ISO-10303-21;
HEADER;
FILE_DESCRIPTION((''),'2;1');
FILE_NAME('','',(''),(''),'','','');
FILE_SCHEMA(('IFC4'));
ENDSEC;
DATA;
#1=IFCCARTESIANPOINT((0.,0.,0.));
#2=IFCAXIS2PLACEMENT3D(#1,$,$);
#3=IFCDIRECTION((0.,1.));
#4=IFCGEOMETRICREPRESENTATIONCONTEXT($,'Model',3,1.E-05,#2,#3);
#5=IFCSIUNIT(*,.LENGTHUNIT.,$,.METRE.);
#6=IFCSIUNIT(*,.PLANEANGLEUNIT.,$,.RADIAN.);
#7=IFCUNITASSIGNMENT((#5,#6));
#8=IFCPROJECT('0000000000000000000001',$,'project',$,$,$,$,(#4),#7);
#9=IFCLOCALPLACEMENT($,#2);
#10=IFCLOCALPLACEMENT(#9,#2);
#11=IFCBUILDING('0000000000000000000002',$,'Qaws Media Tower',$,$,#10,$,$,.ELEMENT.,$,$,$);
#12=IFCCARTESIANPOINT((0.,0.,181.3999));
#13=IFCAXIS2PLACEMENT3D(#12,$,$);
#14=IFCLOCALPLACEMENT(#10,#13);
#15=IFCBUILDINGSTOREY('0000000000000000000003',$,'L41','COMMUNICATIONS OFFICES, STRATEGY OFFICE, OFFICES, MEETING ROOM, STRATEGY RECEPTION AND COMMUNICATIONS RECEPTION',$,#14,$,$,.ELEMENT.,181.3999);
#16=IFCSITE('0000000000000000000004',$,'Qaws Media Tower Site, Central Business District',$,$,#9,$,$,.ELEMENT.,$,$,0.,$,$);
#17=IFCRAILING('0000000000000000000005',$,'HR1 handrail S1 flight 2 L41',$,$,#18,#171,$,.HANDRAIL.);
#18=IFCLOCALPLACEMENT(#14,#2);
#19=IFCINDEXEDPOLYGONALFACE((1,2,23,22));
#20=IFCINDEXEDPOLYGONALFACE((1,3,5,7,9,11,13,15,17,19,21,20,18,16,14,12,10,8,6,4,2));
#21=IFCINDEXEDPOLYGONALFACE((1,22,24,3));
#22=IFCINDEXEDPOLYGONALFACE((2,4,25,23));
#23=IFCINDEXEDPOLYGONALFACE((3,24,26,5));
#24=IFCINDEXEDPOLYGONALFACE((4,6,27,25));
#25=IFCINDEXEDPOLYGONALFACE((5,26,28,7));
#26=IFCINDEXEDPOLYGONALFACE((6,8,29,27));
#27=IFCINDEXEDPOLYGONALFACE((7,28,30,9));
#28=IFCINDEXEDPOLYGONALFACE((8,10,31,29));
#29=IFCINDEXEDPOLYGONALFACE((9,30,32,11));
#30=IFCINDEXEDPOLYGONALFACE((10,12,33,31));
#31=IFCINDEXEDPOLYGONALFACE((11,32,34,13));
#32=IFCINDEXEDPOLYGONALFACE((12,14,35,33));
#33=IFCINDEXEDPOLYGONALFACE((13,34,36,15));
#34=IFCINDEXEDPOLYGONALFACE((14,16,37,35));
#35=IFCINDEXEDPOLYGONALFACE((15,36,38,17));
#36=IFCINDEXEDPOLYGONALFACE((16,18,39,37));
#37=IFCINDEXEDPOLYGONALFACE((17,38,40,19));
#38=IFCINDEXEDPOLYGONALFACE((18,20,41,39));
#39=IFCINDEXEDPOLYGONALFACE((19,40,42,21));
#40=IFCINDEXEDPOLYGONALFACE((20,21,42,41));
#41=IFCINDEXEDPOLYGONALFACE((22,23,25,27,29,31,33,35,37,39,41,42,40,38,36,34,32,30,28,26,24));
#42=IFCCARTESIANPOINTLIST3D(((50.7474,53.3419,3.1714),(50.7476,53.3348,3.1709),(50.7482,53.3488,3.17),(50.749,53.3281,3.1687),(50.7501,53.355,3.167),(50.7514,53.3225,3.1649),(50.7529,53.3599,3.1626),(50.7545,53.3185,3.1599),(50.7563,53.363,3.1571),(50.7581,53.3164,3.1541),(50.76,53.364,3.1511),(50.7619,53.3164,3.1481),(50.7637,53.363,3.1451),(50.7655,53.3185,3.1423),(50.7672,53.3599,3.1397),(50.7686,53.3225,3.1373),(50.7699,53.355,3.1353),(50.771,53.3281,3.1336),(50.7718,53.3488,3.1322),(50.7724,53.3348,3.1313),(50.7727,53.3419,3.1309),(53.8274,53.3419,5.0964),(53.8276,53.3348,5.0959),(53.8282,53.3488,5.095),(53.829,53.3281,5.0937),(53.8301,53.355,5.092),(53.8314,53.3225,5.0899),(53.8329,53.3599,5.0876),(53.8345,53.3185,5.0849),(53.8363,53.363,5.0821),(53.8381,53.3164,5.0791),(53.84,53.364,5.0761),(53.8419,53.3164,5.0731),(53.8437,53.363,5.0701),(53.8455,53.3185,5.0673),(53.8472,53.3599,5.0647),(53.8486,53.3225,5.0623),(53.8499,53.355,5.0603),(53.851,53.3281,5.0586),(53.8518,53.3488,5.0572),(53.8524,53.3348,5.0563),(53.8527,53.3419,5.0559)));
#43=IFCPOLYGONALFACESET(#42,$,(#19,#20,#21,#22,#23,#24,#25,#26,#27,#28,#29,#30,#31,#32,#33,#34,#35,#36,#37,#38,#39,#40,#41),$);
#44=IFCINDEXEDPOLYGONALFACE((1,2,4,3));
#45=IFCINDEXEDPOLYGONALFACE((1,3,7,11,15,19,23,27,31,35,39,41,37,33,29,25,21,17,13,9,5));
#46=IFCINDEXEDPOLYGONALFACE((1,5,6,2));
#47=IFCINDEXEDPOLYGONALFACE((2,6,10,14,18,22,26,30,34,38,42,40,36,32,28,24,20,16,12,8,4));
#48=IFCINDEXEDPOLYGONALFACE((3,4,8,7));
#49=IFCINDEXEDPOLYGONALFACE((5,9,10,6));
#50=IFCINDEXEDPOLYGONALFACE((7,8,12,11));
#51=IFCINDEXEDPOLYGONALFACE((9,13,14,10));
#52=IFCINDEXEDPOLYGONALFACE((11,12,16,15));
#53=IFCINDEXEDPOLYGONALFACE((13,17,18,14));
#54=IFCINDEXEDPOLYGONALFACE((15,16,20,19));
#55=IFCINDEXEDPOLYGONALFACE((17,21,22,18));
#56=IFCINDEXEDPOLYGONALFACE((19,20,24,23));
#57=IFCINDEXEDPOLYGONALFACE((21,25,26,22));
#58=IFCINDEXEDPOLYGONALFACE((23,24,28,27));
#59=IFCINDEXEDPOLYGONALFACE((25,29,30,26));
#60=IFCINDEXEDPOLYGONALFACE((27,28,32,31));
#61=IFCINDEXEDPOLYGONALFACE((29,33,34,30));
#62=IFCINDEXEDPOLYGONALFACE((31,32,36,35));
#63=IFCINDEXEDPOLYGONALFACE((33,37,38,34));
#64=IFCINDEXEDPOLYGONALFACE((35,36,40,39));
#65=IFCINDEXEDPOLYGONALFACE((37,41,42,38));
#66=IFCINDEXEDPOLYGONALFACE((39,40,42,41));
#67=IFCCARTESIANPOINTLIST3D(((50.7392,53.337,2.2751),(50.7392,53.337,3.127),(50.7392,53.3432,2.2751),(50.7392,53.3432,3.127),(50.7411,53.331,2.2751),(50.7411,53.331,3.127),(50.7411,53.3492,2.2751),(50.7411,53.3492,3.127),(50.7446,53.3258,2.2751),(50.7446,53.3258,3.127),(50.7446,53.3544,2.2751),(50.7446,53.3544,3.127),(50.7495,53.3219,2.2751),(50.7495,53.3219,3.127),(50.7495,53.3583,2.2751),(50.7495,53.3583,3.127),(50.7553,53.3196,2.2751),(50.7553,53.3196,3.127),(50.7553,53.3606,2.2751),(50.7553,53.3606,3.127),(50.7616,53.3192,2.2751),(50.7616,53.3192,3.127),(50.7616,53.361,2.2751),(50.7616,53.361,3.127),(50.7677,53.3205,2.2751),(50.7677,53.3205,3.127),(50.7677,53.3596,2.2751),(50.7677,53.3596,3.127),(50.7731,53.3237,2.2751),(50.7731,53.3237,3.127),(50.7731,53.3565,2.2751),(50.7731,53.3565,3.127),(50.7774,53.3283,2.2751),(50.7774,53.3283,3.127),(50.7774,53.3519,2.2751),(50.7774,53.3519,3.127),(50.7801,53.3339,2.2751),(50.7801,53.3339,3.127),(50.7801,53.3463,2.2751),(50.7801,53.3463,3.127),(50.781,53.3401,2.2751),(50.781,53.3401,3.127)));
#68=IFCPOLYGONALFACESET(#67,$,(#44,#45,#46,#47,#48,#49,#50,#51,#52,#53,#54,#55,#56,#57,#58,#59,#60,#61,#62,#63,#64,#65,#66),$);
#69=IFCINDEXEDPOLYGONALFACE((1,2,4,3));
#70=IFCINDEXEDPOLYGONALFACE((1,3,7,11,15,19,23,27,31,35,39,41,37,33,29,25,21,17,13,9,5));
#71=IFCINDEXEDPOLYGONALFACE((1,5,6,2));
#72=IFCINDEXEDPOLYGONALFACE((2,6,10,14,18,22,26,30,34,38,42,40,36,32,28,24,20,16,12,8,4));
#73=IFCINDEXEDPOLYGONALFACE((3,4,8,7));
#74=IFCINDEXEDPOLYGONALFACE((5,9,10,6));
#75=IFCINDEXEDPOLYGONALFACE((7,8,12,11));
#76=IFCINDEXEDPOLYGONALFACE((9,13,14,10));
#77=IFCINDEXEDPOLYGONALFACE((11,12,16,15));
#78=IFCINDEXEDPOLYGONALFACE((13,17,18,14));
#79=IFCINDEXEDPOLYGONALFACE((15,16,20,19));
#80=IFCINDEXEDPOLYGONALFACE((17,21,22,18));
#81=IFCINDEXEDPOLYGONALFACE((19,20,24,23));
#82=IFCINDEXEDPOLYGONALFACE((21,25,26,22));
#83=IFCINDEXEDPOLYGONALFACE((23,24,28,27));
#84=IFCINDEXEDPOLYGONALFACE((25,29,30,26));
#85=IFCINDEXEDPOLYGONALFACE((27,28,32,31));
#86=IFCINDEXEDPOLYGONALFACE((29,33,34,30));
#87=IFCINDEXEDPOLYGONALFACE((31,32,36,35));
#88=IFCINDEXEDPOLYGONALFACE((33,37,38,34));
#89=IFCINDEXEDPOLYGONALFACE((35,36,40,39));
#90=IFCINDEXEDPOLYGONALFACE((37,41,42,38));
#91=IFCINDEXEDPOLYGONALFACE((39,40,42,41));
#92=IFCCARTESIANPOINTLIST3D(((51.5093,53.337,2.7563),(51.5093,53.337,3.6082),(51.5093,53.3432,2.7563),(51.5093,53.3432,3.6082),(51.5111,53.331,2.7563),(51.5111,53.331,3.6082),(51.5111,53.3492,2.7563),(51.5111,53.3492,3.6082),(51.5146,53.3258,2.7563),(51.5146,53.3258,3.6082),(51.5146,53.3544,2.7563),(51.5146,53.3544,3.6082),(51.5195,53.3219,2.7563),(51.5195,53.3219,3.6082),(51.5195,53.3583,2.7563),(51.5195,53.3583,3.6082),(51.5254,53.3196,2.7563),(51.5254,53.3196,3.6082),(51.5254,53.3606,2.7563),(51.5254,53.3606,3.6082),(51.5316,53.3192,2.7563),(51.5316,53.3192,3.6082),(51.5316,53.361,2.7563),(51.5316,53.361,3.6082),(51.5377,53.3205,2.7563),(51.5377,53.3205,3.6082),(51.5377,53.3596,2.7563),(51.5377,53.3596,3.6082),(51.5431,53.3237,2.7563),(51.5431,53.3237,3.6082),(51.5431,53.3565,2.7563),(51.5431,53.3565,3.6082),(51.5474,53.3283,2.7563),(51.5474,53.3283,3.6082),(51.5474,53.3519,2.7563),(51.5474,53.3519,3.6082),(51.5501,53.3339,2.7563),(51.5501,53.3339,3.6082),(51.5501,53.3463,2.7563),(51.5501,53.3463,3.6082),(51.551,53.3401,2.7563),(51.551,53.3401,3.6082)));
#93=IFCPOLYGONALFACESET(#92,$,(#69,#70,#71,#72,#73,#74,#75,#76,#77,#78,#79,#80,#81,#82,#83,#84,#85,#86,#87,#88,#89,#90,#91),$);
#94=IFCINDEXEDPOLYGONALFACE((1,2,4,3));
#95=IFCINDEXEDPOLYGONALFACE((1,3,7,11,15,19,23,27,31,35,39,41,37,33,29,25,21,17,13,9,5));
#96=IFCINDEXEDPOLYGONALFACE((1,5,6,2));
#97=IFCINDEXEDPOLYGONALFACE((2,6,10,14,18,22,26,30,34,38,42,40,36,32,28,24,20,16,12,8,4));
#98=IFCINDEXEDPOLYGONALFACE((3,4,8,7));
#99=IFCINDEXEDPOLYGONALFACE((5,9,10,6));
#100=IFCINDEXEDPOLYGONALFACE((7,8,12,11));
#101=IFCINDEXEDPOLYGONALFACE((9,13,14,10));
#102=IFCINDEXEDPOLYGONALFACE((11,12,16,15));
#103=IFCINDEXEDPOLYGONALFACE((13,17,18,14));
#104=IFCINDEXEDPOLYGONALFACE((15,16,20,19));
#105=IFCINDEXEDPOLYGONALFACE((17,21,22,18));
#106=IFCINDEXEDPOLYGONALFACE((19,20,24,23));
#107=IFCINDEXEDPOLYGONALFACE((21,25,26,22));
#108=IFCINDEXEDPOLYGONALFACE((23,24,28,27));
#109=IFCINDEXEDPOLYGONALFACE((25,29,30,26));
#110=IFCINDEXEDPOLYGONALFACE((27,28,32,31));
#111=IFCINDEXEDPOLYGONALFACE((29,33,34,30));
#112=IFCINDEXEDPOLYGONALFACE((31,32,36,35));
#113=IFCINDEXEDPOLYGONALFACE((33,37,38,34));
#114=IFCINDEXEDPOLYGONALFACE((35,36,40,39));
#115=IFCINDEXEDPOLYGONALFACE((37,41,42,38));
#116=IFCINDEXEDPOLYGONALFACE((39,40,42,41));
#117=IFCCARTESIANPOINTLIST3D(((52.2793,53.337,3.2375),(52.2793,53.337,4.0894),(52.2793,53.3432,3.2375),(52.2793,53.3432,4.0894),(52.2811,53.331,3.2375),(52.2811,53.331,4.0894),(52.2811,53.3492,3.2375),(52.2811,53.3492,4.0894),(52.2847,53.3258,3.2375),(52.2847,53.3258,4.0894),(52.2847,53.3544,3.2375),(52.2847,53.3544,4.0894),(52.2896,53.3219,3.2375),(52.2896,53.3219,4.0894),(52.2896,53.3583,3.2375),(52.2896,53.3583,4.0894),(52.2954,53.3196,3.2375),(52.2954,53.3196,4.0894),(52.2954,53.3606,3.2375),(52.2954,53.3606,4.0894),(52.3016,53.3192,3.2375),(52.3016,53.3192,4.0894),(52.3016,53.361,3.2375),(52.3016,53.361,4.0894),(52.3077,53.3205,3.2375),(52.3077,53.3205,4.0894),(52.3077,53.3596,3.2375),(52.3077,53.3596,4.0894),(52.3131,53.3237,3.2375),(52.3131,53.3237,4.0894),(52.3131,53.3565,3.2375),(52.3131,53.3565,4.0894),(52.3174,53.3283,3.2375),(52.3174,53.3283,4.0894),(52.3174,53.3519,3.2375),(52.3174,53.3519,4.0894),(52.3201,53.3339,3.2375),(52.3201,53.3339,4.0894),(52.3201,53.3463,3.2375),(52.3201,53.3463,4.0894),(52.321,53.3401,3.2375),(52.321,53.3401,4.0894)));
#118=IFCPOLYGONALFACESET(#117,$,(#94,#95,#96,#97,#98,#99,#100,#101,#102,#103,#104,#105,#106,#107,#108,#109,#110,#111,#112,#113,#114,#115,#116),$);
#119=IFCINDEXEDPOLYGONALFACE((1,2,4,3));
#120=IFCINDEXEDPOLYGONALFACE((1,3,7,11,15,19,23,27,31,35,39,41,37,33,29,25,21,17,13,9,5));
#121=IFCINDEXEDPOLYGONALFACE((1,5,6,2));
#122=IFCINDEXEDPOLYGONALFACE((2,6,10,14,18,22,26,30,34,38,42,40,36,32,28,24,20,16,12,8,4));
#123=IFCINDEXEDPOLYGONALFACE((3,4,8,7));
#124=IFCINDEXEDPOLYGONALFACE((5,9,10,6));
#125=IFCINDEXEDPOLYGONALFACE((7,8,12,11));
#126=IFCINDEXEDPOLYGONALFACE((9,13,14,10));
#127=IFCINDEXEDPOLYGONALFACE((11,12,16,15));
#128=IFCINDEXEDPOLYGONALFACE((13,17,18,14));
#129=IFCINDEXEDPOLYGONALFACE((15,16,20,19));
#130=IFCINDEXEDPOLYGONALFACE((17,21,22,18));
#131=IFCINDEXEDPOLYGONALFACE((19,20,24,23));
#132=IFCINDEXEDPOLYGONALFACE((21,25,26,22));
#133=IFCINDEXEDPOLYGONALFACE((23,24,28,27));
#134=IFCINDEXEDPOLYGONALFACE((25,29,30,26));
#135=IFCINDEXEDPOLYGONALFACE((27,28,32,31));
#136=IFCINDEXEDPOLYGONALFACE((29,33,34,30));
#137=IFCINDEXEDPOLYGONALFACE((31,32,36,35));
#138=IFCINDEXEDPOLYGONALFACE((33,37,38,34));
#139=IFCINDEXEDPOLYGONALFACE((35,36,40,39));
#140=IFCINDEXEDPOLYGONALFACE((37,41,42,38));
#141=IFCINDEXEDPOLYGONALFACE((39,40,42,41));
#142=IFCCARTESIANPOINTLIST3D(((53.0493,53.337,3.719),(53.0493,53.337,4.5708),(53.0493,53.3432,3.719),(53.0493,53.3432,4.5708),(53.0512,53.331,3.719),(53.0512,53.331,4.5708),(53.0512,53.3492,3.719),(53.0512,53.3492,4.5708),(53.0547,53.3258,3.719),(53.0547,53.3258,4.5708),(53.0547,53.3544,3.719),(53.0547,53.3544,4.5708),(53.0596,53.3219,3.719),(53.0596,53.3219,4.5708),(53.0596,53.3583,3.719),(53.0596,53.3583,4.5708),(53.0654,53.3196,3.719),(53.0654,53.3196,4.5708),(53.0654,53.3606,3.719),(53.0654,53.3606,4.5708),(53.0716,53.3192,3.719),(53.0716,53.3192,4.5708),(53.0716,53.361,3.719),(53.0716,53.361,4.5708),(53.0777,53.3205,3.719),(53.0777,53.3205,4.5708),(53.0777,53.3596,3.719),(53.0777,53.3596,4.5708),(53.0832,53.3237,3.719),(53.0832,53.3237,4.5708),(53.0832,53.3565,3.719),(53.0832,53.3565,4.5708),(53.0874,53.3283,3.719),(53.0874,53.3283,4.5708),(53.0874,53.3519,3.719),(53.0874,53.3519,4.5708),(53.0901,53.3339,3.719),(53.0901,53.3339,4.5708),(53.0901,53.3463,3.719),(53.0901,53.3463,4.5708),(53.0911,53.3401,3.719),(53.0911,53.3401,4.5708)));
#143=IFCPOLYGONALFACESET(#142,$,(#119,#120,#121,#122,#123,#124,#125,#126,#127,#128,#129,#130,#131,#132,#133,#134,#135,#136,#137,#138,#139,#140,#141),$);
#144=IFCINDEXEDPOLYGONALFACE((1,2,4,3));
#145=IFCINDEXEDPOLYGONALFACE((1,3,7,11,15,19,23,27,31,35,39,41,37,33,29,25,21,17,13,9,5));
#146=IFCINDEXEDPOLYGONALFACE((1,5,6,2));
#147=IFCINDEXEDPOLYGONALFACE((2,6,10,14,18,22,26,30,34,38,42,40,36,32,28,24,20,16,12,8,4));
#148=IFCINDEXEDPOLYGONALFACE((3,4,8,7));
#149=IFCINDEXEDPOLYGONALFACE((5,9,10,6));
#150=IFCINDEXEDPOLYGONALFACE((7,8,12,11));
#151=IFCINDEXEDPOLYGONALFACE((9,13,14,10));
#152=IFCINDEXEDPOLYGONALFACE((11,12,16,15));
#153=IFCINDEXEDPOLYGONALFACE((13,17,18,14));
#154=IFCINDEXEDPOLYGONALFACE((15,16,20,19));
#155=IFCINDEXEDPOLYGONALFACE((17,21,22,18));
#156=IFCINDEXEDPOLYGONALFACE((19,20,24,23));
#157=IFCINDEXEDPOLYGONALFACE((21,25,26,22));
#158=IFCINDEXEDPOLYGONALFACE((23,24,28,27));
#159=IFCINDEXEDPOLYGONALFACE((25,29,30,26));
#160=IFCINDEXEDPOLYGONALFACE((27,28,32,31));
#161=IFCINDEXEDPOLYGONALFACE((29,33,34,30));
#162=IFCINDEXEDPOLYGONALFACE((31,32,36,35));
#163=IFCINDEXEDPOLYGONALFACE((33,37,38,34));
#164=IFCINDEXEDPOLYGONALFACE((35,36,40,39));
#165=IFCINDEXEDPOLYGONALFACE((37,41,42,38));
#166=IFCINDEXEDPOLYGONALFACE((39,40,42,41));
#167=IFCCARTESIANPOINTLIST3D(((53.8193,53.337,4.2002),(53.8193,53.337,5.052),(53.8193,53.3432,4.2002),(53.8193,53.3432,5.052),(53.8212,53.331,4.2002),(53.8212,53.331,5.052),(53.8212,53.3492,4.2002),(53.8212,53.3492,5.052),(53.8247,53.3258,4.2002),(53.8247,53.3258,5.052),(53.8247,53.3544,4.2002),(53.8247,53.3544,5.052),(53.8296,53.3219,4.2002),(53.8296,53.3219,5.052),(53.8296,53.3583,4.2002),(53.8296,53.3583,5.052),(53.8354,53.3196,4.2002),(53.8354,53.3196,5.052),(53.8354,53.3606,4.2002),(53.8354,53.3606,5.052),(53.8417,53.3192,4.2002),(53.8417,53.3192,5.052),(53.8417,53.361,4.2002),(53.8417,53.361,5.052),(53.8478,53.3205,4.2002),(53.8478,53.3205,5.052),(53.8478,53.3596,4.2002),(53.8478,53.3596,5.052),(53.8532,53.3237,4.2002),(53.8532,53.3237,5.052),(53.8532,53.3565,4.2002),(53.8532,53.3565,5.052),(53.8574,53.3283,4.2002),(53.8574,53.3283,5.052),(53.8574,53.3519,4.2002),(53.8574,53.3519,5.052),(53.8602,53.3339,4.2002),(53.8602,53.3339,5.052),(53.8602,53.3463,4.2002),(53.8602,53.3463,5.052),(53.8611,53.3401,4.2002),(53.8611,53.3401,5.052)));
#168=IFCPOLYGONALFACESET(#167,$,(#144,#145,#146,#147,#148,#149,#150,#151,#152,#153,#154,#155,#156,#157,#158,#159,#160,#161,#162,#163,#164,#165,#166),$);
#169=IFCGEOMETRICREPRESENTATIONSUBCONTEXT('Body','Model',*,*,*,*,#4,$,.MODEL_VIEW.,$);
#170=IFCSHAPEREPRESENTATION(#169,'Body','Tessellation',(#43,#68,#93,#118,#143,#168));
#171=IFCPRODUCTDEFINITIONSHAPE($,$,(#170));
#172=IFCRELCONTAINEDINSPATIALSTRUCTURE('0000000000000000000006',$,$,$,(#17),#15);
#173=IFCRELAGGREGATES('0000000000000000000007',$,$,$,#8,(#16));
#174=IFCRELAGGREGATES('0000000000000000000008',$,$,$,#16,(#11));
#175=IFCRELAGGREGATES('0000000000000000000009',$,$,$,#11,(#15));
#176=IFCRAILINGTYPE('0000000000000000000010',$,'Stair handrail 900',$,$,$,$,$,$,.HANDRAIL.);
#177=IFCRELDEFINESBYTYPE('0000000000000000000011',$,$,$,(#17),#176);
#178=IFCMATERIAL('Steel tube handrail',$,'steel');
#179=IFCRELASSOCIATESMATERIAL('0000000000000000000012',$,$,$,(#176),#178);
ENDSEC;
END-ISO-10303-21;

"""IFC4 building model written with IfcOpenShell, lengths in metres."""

from ifc_helpers import new_model, si_unit, direction, frame, origin, origin_2d, place, context, subcontext, project, spatial, circle, extrude, material, type_object, element, save


model = new_model("IFC4")

# Units and contexts
model_context = context("Model", 3, precision=1e-05, world=origin(), true_north=direction((0.0, 1.0)))
body_context = subcontext(model_context, "Body", "Model", "MODEL_VIEW")
ifc_project = project(units=[si_unit("LENGTHUNIT", "METRE"), si_unit("PLANEANGLEUNIT", "RADIAN")], contexts=[model_context])

# Site, building, storey
site_placement = place(None, origin())
site = spatial("IfcSite", under=ifc_project, at=site_placement, Name="Qaws Media Tower Site, Central Business District", CompositionType="ELEMENT", RefElevation=0.0)
building_placement = place(site_placement, origin())
building = spatial("IfcBuilding", under=site, at=building_placement, Name="Qaws Media Tower", CompositionType="ELEMENT")
storey_placement = place(building_placement, frame((0.0, 0.0, 181.3999)))
storey = spatial("IfcBuildingStorey", under=building, at=storey_placement, Name="L41", Description="COMMUNICATIONS OFFICES, STRATEGY OFFICE, OFFICES, MEETING ROOM, STRATEGY RECEPTION AND COMMUNICATIONS RECEPTION", CompositionType="ELEMENT", Elevation=181.3999)

# Railing
ifc_material_1 = material(Name="Steel tube handrail", Category="steel")
railing_type = type_object("IfcRailingType", Name="Stair handrail 900", PredefinedType="HANDRAIL", material=ifc_material_1)
for number, where, name in (
    (1, (50.76, 53.3401, 2.2751), "HR1 handrail S1 flight 2 L41"),
):
    element("IfcRailing", number, at=place(storey_placement, frame(where)), inside=storey, type_object=railing_type, Name=name, PredefinedType="HANDRAIL", context=body_context, shape_type="SweptSolid", body=[
        extrude(circle(Radius=0.0239, at=origin_2d()), frame((0.0, 0.0, 0.876), z_axis=(0.847998, 0.0, 0.529999), x_axis=(0.0, 1.0, 0.0)), (0.0, 0.0, 1.0), 3.6321),
        extrude(circle(Radius=0.021, at=origin_2d()), origin(), (0.0, 0.0, 1.0), 0.8518),
        extrude(circle(Radius=0.021, at=origin_2d()), frame((0.77, 0.0, 0.4812)), (0.0, 0.0, 1.0), 0.8518),
        extrude(circle(Radius=0.021, at=origin_2d()), frame((1.54, 0.0, 0.9624)), (0.0, 0.0, 1.0), 0.8518),
        extrude(circle(Radius=0.021, at=origin_2d()), frame((2.3101, 0.0, 1.4438)), (0.0, 0.0, 1.0), 0.8518),
        extrude(circle(Radius=0.021, at=origin_2d()), frame((3.0801, 0.0, 1.925)), (0.0, 0.0, 1.0), 0.8518),
    ])

save(model, "model.ifc")
